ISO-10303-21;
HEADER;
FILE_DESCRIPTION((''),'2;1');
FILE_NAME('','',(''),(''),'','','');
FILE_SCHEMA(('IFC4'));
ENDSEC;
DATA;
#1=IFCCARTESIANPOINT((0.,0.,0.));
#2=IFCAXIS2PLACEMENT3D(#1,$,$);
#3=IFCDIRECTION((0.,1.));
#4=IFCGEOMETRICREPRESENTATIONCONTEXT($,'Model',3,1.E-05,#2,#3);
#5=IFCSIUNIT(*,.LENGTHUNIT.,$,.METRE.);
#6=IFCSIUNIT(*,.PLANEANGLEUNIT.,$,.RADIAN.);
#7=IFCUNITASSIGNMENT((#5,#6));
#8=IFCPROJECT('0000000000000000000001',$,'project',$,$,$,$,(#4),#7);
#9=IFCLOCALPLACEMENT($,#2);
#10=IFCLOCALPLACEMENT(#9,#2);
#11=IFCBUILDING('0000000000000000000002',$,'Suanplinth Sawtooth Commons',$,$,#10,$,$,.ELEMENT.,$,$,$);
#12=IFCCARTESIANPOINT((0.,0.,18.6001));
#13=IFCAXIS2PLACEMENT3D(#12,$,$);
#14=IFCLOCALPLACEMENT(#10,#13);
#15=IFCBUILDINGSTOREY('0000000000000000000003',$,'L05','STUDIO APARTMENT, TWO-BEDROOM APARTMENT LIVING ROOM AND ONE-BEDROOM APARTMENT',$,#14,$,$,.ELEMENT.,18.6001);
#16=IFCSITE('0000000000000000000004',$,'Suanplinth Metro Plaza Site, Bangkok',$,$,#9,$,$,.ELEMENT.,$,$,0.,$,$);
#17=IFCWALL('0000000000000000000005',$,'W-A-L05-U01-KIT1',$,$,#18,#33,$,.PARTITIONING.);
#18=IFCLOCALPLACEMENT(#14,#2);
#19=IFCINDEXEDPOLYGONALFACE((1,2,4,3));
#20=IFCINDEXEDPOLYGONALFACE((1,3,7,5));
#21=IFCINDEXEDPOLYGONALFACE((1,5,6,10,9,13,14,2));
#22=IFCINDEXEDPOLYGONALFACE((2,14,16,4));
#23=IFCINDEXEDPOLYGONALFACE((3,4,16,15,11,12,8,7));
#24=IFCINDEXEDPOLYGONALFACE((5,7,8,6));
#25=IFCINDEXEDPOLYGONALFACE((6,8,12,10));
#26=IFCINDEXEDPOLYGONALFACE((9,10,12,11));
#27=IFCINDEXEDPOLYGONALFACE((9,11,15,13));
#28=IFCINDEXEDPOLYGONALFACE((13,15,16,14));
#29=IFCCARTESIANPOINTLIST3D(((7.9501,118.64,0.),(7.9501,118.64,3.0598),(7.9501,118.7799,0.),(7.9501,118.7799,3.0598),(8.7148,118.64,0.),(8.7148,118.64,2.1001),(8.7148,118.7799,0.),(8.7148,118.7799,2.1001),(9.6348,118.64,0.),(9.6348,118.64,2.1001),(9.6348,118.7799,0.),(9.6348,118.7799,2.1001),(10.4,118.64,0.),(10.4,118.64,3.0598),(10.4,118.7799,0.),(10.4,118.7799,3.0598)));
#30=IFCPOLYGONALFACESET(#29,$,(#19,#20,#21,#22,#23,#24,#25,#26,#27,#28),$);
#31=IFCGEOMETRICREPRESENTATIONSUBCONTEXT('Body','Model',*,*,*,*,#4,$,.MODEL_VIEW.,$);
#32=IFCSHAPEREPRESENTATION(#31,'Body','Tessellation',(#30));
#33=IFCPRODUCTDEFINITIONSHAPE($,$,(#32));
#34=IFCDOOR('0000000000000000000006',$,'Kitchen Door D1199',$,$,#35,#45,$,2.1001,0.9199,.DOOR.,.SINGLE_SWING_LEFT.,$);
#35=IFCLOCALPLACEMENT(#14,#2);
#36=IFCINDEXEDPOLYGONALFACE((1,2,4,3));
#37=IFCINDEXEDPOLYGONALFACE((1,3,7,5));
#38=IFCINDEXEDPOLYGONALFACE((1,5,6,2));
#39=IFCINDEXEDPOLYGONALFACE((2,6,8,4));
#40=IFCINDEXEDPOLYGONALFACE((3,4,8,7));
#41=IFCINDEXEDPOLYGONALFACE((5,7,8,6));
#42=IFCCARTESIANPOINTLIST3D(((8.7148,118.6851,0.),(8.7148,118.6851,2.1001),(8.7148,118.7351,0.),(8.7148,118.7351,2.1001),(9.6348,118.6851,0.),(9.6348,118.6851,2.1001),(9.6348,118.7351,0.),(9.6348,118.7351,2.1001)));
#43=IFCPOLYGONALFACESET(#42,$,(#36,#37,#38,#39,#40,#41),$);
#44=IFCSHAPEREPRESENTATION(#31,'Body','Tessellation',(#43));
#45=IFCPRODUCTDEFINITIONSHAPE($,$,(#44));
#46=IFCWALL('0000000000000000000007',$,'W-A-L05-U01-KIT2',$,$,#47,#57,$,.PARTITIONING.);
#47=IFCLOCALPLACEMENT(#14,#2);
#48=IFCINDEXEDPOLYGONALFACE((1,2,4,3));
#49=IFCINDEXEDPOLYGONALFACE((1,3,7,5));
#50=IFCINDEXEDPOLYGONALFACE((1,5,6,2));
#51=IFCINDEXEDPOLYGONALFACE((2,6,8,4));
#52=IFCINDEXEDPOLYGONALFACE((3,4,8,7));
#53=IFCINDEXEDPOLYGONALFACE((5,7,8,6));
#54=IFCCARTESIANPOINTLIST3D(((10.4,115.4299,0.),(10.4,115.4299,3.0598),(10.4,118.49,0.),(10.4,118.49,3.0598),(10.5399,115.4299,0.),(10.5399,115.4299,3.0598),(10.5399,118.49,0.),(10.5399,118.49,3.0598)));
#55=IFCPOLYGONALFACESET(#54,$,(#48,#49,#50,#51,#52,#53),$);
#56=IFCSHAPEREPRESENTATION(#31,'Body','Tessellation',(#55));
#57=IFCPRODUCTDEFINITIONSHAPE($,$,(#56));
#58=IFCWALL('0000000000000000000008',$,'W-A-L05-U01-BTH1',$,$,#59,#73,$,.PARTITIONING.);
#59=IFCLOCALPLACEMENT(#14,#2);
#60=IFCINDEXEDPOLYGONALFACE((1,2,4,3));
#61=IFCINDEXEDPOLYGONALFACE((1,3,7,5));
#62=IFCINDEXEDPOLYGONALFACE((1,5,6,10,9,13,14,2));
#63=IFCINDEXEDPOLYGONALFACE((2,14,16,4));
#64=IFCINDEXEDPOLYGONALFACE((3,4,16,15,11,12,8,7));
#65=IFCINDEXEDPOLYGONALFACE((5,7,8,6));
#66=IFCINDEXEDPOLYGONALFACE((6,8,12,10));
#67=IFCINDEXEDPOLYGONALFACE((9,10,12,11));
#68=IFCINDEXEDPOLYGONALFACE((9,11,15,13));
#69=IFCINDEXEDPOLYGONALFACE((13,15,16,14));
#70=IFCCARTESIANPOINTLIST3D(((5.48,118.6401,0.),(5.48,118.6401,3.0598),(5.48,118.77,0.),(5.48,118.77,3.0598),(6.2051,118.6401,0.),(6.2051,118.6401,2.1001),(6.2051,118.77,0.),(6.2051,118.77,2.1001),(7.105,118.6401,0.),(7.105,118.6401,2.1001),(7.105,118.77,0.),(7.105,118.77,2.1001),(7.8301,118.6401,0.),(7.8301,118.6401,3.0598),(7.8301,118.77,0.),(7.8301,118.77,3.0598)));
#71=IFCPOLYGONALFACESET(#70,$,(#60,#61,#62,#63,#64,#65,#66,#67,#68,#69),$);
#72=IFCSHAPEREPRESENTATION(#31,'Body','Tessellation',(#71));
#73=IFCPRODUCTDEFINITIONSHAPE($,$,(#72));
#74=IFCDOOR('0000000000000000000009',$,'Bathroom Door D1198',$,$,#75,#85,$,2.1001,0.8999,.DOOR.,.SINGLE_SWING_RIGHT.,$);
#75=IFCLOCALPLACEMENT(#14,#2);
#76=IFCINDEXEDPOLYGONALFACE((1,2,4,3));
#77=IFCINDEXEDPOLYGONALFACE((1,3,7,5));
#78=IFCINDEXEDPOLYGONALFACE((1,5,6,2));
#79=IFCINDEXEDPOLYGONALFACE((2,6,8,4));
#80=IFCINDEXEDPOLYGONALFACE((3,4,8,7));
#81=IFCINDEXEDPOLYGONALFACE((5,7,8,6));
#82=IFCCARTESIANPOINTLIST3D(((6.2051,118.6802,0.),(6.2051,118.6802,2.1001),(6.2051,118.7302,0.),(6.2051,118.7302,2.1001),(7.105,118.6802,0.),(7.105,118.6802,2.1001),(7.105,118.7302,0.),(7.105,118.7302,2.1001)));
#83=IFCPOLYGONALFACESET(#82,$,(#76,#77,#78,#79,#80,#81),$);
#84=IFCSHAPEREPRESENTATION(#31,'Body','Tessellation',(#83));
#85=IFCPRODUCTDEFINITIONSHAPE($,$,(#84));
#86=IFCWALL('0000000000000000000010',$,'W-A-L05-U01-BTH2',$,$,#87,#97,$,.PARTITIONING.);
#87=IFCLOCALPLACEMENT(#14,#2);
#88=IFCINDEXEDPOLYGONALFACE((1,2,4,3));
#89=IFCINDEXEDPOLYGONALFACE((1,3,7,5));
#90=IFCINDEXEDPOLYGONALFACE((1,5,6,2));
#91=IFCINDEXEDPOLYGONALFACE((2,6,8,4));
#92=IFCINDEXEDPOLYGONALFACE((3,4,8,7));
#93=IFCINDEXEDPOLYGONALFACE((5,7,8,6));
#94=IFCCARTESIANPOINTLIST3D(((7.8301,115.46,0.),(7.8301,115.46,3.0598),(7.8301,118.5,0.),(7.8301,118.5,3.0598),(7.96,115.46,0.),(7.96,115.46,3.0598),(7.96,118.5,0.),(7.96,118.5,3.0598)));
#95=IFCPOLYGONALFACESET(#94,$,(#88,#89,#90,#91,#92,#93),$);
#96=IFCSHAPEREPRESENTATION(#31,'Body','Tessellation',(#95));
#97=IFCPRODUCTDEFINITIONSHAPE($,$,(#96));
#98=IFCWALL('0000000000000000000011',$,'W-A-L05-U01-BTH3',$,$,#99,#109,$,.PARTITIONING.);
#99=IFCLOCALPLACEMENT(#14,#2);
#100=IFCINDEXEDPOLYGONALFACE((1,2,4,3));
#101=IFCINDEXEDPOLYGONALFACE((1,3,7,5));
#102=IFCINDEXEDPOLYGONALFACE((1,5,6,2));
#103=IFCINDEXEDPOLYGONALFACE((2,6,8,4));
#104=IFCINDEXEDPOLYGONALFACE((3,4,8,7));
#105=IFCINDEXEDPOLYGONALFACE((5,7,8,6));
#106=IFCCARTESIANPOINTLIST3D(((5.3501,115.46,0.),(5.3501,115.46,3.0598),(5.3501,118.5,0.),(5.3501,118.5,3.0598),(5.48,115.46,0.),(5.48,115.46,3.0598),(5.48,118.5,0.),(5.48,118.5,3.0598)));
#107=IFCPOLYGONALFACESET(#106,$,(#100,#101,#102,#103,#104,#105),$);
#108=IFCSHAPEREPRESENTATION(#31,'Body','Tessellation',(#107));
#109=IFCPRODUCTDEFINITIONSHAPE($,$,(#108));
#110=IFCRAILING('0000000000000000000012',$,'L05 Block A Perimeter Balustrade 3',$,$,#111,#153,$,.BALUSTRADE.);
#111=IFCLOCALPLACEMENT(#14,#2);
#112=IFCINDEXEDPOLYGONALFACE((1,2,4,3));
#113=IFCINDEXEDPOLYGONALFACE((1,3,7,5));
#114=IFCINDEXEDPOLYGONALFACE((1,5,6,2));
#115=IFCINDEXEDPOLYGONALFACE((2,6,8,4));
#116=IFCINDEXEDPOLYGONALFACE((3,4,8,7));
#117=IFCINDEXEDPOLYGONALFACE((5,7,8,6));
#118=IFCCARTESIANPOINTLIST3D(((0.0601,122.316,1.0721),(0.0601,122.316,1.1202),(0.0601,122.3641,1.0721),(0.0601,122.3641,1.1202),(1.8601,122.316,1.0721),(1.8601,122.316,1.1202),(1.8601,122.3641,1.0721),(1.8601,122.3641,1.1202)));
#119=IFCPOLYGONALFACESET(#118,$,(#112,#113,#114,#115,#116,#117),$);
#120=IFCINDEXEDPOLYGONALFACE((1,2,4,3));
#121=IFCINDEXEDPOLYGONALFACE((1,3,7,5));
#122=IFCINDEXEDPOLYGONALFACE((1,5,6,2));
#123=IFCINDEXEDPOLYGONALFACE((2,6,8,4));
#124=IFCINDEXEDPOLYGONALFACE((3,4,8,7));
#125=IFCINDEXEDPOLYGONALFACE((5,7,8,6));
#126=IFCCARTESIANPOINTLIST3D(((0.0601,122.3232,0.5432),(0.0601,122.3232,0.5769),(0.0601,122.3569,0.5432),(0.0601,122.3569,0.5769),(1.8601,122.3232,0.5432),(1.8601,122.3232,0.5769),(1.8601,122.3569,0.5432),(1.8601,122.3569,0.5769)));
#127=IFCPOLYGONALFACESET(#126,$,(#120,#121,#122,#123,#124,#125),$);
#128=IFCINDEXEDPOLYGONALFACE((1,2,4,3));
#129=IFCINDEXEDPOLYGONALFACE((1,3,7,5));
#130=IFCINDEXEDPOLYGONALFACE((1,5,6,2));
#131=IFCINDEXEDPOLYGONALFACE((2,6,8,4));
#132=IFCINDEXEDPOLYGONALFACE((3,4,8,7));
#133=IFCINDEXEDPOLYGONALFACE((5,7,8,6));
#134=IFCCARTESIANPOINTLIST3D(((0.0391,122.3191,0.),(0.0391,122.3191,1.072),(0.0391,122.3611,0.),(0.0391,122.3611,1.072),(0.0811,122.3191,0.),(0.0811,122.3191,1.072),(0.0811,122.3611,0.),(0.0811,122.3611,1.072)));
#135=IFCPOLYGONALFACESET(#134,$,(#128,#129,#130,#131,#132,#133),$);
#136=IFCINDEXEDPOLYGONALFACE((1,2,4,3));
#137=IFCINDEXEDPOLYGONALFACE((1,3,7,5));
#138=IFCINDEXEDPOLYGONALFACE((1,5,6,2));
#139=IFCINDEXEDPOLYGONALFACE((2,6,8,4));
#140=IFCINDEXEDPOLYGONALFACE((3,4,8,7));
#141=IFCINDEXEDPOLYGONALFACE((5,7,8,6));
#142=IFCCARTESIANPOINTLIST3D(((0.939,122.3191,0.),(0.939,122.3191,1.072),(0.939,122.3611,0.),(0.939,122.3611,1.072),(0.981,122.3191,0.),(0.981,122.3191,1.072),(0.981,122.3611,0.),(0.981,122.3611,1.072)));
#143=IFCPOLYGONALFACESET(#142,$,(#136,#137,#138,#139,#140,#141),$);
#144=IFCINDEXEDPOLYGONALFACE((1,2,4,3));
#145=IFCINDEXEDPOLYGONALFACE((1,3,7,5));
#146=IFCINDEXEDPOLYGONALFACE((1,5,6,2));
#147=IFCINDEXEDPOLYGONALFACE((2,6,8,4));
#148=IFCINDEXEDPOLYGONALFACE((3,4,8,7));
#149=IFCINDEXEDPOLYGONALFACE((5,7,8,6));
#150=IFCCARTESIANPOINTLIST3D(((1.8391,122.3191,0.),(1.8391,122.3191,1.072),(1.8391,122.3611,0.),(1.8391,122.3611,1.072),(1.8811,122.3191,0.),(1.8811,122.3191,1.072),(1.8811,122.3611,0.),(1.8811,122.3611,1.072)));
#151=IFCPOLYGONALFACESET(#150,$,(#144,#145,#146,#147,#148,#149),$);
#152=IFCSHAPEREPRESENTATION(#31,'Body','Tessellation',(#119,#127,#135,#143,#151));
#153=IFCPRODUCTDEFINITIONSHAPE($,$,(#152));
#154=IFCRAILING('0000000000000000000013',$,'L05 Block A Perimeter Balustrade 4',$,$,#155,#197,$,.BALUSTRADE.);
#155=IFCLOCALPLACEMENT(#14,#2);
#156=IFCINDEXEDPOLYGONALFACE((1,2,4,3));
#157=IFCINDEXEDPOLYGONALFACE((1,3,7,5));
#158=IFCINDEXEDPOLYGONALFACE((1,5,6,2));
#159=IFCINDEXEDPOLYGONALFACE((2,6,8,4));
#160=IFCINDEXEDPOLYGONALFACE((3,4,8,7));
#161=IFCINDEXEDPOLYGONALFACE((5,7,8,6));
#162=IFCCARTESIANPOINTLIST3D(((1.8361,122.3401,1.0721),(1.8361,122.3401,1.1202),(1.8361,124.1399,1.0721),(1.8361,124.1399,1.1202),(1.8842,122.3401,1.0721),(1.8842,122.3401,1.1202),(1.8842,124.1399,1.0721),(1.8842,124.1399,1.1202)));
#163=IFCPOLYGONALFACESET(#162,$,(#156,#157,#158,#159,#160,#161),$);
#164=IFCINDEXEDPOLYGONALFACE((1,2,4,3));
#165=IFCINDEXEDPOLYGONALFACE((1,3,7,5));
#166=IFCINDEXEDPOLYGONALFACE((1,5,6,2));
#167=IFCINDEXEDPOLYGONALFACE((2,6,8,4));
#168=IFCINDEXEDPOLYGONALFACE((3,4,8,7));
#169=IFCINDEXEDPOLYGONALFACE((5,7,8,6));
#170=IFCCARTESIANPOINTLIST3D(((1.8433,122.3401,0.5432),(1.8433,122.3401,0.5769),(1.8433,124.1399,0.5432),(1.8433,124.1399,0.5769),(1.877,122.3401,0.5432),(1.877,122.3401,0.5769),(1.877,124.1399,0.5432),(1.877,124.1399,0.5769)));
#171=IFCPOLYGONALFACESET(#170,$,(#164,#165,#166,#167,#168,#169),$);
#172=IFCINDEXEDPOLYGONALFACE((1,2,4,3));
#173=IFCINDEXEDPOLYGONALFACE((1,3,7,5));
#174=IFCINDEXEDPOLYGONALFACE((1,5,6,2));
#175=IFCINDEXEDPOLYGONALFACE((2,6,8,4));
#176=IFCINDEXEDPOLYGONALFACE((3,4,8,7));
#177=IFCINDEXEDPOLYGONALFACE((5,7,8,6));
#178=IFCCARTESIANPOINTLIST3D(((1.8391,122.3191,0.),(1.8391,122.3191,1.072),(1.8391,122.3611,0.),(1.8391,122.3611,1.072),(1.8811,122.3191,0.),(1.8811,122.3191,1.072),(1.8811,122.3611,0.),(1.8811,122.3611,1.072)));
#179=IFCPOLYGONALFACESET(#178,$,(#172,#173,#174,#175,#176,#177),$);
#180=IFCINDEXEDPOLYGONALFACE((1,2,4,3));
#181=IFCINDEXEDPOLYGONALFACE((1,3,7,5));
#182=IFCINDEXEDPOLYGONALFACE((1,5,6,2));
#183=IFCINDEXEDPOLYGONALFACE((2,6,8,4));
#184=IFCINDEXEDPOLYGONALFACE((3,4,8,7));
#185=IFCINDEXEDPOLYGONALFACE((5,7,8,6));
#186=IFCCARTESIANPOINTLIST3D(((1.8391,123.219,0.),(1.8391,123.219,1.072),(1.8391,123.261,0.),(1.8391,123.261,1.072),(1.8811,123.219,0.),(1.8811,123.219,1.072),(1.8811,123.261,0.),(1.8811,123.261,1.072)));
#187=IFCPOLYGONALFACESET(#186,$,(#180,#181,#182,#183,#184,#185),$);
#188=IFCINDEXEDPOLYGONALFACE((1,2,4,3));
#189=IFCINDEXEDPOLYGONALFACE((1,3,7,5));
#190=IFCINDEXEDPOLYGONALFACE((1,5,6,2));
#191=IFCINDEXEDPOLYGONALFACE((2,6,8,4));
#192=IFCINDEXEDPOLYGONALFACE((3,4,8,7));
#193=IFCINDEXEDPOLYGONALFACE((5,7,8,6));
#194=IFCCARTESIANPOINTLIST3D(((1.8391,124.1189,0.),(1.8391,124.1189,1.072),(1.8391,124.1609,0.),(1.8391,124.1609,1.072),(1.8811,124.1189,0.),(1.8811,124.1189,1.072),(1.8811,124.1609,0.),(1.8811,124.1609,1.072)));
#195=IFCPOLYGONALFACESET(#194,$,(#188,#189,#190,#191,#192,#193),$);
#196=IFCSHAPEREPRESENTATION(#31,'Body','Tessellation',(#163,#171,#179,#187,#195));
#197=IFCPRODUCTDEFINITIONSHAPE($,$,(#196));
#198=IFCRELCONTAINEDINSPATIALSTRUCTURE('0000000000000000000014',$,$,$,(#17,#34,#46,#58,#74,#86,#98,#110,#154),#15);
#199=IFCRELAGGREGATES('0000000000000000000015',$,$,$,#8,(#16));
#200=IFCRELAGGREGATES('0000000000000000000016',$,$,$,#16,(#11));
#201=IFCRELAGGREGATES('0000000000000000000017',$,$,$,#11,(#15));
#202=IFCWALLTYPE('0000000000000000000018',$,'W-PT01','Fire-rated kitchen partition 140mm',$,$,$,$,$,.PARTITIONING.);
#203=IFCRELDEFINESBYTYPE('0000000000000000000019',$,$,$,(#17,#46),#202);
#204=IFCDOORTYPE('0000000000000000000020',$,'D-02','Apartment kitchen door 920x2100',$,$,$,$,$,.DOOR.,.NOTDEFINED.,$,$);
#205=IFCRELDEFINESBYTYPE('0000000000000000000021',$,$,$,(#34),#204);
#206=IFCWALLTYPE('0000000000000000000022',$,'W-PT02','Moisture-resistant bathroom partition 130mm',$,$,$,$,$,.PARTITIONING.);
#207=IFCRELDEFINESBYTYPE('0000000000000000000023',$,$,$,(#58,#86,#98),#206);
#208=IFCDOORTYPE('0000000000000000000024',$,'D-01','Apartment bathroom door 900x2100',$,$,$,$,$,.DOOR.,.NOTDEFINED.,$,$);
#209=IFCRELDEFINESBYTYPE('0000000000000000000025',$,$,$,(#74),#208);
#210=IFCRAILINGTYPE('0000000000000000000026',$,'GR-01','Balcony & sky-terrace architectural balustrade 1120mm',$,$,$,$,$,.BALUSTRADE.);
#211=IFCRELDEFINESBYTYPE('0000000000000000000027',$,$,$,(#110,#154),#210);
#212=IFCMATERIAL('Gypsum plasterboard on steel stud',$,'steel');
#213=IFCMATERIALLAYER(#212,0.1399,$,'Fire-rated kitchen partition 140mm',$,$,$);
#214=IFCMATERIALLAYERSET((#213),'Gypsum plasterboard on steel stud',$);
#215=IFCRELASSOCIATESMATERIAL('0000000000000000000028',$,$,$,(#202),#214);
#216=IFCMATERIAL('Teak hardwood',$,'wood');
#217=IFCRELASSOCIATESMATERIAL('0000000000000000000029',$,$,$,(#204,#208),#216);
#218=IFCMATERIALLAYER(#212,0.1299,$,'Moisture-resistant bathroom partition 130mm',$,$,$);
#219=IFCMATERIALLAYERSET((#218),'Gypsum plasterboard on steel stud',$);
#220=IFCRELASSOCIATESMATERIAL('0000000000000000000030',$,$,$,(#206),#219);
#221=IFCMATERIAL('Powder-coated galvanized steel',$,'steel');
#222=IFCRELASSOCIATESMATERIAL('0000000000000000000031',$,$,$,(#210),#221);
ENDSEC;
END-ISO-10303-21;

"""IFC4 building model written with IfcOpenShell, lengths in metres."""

from ifc_helpers import new_model, si_unit, direction, frame, frame_2d, origin, origin_2d, place, context, subcontext, project, spatial, rectangle, extrude, material, layer, layer_set, type_object, element, fill, save


model = new_model("IFC4")

# Units and contexts
model_context = context("Model", 3, precision=1e-05, world=origin(), true_north=direction((0.0, 1.0)))
body_context = subcontext(model_context, "Body", "Model", "MODEL_VIEW")
ifc_project = project(units=[si_unit("LENGTHUNIT", "METRE"), si_unit("PLANEANGLEUNIT", "RADIAN")], contexts=[model_context])

# Site, building, storey
site_placement = place(None, origin())
site = spatial("IfcSite", under=ifc_project, at=site_placement, Name="Suanplinth Metro Plaza Site, Bangkok", CompositionType="ELEMENT", RefElevation=0.0)
building_placement = place(site_placement, origin())
building = spatial("IfcBuilding", under=site, at=building_placement, Name="Suanplinth Sawtooth Commons", CompositionType="ELEMENT")
storey_placement = place(building_placement, frame((0.0, 0.0, 18.6001)))
storey = spatial("IfcBuildingStorey", under=building, at=storey_placement, Name="L05", Description="STUDIO APARTMENT, TWO-BEDROOM APARTMENT LIVING ROOM AND ONE-BEDROOM APARTMENT", CompositionType="ELEMENT", Elevation=18.6001)

# Wall, opening, door
ifc_material_1 = material(Name="Gypsum plasterboard on steel stud", Category="steel")
ifc_layer_1 = layer(ifc_material_1, 0.1399, Name="Fire-rated kitchen partition 140mm")
ifc_layer_set_1 = layer_set([ifc_layer_1], Name="Gypsum plasterboard on steel stud")
wall_type_1 = type_object("IfcWallType", Name="W-PT01", Description="Fire-rated kitchen partition 140mm", PredefinedType="PARTITIONING", material=ifc_layer_set_1)
wall_1_placement = place(storey_placement, frame((7.95, 118.71, 0.0), z_axis=(0.0, 0.0, 1.0), x_axis=(1.0, 0.0, 0.0)))
wall_1 = element("IfcWall", 1, at=wall_1_placement, inside=storey, type_object=wall_type_1, Name="W-A-L05-U01-KIT1", PredefinedType="PARTITIONING", context=body_context, shape_type="SweptSolid", body=[
    extrude(rectangle(XDim=2.45, YDim=0.1399, at=frame_2d((1.2251, 0.0))), origin(), (0.0, 0.0, 1.0), 3.0598),
])
opening_1_placement = place(wall_1_placement, frame((0.7649, 0.0, 0.0)))
opening_1 = element("IfcOpeningElement", 2, at=opening_1_placement, cuts=wall_1, PredefinedType="OPENING", context=body_context, shape_type="SweptSolid", body=[
    extrude(rectangle(XDim=0.9199, YDim=2.1001, at=frame_2d((0.46, 1.05))), frame((0.0, 0.085, 0.0), z_axis=(0.0, -1.0, 0.0), x_axis=(1.0, 0.0, 0.0)), (0.0, 0.0, 1.0), 0.1697),
])
ifc_material_2 = material(Name="Teak hardwood", Category="wood")
door_type_1 = type_object("IfcDoorType", Name="D-02", Description="Apartment kitchen door 920x2100", OperationType="NOTDEFINED", PredefinedType="DOOR", material=ifc_material_2)
door_1_placement = place(opening_1_placement, frame((0.9199, 0.0, 0.0), z_axis=(0.0, 0.0, 1.0), x_axis=(-1.0, 0.0, 0.0)))
door_1 = element("IfcDoor", 3, at=door_1_placement, inside=storey, type_object=door_type_1, Name="Kitchen Door D1199", OperationType="SINGLE_SWING_LEFT", OverallHeight=2.1001, OverallWidth=0.9199, PredefinedType="DOOR", context=body_context, shape_type="SweptSolid", body=[
    extrude(rectangle(XDim=0.9199, YDim=2.1001, at=frame_2d((0.46, 1.05))), frame((0.0, 0.0249, 0.0), z_axis=(0.0, -1.0, 0.0), x_axis=(1.0, 0.0, 0.0)), (0.0, 0.0, 1.0), 0.05),
])
fill(opening_1, door_1)

# Wall
wall_2_placement = place(storey_placement, frame((10.47, 115.4299, 0.0), z_axis=(0.0, 0.0, 1.0), x_axis=(0.0, 1.0, 0.0)))
element("IfcWall", 4, at=wall_2_placement, inside=storey, type_object=wall_type_1, Name="W-A-L05-U01-KIT2", PredefinedType="PARTITIONING", context=body_context, shape_type="SweptSolid", body=[
    extrude(rectangle(XDim=3.0601, YDim=0.1399, at=frame_2d((1.53, 0.0))), origin(), (0.0, 0.0, 1.0), 3.0598),
])

# Wall, opening, door
ifc_layer_2 = layer(ifc_material_1, 0.1299, Name="Moisture-resistant bathroom partition 130mm")
ifc_layer_set_2 = layer_set([ifc_layer_2], Name="Gypsum plasterboard on steel stud")
wall_type_2 = type_object("IfcWallType", Name="W-PT02", Description="Moisture-resistant bathroom partition 130mm", PredefinedType="PARTITIONING", material=ifc_layer_set_2)
wall_3_placement = place(storey_placement, frame((5.48, 118.7051, 0.0), z_axis=(0.0, 0.0, 1.0), x_axis=(1.0, 0.0, 0.0)))
wall_3 = element("IfcWall", 5, at=wall_3_placement, inside=storey, type_object=wall_type_2, Name="W-A-L05-U01-BTH1", PredefinedType="PARTITIONING", context=body_context, shape_type="SweptSolid", body=[
    extrude(rectangle(XDim=2.3501, YDim=0.1299, at=frame_2d((1.175, 0.0))), origin(), (0.0, 0.0, 1.0), 3.0598),
])
opening_2_placement = place(wall_3_placement, frame((0.7251, 0.0, 0.0)))
opening_2 = element("IfcOpeningElement", 6, at=opening_2_placement, cuts=wall_3, PredefinedType="OPENING", context=body_context, shape_type="SweptSolid", body=[
    extrude(rectangle(XDim=0.8999, YDim=2.1001, at=frame_2d((0.45, 1.05))), frame((0.0, 0.0798, 0.0), z_axis=(0.0, -1.0, 0.0), x_axis=(1.0, 0.0, 0.0)), (0.0, 0.0, 1.0), 0.1597),
])
door_type_2 = type_object("IfcDoorType", Name="D-01", Description="Apartment bathroom door 900x2100", OperationType="NOTDEFINED", PredefinedType="DOOR", material=ifc_material_2)
door_2_placement = place(opening_2_placement, frame((0.8999, 0.0, 0.0), z_axis=(0.0, 0.0, 1.0), x_axis=(-1.0, 0.0, 0.0)))
door_2 = element("IfcDoor", 7, at=door_2_placement, inside=storey, type_object=door_type_2, Name="Bathroom Door D1198", OperationType="SINGLE_SWING_RIGHT", OverallHeight=2.1001, OverallWidth=0.8999, PredefinedType="DOOR", context=body_context, shape_type="SweptSolid", body=[
    extrude(rectangle(XDim=0.8999, YDim=2.1001, at=frame_2d((0.45, 1.05))), frame((0.0, 0.0249, 0.0), z_axis=(0.0, -1.0, 0.0), x_axis=(1.0, 0.0, 0.0)), (0.0, 0.0, 1.0), 0.05),
])
fill(opening_2, door_2)

# Walls
for number, where, z_axis, x_axis, name in (
    (8, (7.895, 115.46, 0.0), (0.0, 0.0, 1.0), (0.0, 1.0, 0.0), "W-A-L05-U01-BTH2"),
    (9, (5.415, 115.46, 0.0), (0.0, 0.0, 1.0), (0.0, 1.0, 0.0), "W-A-L05-U01-BTH3"),
):
    element("IfcWall", number, at=place(storey_placement, frame(where, z_axis=z_axis, x_axis=x_axis)), inside=storey, type_object=wall_type_2, Name=name, PredefinedType="PARTITIONING", context=body_context, shape_type="SweptSolid", body=[
        extrude(rectangle(XDim=3.04, YDim=0.1299, at=frame_2d((1.52, 0.0))), origin(), (0.0, 0.0, 1.0), 3.0598),
    ])

# Railings
ifc_material_3 = material(Name="Powder-coated galvanized steel", Category="steel")
railing_type = type_object("IfcRailingType", Name="GR-01", Description="Balcony & sky-terrace architectural balustrade 1120mm", PredefinedType="BALUSTRADE", material=ifc_material_3)
railing_1_placement = place(storey_placement, frame((0.0601, 122.3401, 0.0)))
element("IfcRailing", 10, at=railing_1_placement, inside=storey, type_object=railing_type, Name="L05 Block A Perimeter Balustrade 3", PredefinedType="BALUSTRADE", context=body_context, shape_type="SweptSolid", body=[
    extrude(rectangle(XDim=0.0481, YDim=0.0481, at=origin_2d()), frame((0.0, 0.0, 1.0962), z_axis=(1.0, 0.0, 0.0), x_axis=(0.0, 1.0, 0.0)), (0.0, 0.0, 1.0), 1.8),
    extrude(rectangle(XDim=0.0337, YDim=0.0337, at=origin_2d()), frame((0.0, 0.0, 0.5601), z_axis=(1.0, 0.0, 0.0), x_axis=(0.0, 1.0, 0.0)), (0.0, 0.0, 1.0), 1.8),
    extrude(rectangle(XDim=0.042, YDim=0.042, at=origin_2d()), origin(), (0.0, 0.0, 1.0), 1.072),
    extrude(rectangle(XDim=0.042, YDim=0.042, at=origin_2d()), frame((0.8999, 0.0, 0.0)), (0.0, 0.0, 1.0), 1.072),
    extrude(rectangle(XDim=0.042, YDim=0.042, at=origin_2d()), frame((1.8, 0.0, 0.0)), (0.0, 0.0, 1.0), 1.072),
])
railing_2_placement = place(storey_placement, frame((1.8601, 122.3401, 0.0)))
element("IfcRailing", 11, at=railing_2_placement, inside=storey, type_object=railing_type, Name="L05 Block A Perimeter Balustrade 4", PredefinedType="BALUSTRADE", context=body_context, shape_type="SweptSolid", body=[
    extrude(rectangle(XDim=0.0481, YDim=0.0481, at=origin_2d()), frame((0.0, 0.0, 1.0962), z_axis=(0.0, 1.0, 0.0), x_axis=(-1.0, 0.0, 0.0)), (0.0, 0.0, 1.0), 1.7998),
    extrude(rectangle(XDim=0.0337, YDim=0.0337, at=origin_2d()), frame((0.0, 0.0, 0.5601), z_axis=(0.0, 1.0, 0.0), x_axis=(-1.0, 0.0, 0.0)), (0.0, 0.0, 1.0), 1.7998),
    extrude(rectangle(XDim=0.042, YDim=0.042, at=origin_2d()), origin(), (0.0, 0.0, 1.0), 1.072),
    extrude(rectangle(XDim=0.042, YDim=0.042, at=origin_2d()), frame((0.0, 0.8999, 0.0)), (0.0, 0.0, 1.0), 1.072),
    extrude(rectangle(XDim=0.042, YDim=0.042, at=origin_2d()), frame((0.0, 1.7998, 0.0)), (0.0, 0.0, 1.0), 1.072),
])

save(model, "model.ifc")
